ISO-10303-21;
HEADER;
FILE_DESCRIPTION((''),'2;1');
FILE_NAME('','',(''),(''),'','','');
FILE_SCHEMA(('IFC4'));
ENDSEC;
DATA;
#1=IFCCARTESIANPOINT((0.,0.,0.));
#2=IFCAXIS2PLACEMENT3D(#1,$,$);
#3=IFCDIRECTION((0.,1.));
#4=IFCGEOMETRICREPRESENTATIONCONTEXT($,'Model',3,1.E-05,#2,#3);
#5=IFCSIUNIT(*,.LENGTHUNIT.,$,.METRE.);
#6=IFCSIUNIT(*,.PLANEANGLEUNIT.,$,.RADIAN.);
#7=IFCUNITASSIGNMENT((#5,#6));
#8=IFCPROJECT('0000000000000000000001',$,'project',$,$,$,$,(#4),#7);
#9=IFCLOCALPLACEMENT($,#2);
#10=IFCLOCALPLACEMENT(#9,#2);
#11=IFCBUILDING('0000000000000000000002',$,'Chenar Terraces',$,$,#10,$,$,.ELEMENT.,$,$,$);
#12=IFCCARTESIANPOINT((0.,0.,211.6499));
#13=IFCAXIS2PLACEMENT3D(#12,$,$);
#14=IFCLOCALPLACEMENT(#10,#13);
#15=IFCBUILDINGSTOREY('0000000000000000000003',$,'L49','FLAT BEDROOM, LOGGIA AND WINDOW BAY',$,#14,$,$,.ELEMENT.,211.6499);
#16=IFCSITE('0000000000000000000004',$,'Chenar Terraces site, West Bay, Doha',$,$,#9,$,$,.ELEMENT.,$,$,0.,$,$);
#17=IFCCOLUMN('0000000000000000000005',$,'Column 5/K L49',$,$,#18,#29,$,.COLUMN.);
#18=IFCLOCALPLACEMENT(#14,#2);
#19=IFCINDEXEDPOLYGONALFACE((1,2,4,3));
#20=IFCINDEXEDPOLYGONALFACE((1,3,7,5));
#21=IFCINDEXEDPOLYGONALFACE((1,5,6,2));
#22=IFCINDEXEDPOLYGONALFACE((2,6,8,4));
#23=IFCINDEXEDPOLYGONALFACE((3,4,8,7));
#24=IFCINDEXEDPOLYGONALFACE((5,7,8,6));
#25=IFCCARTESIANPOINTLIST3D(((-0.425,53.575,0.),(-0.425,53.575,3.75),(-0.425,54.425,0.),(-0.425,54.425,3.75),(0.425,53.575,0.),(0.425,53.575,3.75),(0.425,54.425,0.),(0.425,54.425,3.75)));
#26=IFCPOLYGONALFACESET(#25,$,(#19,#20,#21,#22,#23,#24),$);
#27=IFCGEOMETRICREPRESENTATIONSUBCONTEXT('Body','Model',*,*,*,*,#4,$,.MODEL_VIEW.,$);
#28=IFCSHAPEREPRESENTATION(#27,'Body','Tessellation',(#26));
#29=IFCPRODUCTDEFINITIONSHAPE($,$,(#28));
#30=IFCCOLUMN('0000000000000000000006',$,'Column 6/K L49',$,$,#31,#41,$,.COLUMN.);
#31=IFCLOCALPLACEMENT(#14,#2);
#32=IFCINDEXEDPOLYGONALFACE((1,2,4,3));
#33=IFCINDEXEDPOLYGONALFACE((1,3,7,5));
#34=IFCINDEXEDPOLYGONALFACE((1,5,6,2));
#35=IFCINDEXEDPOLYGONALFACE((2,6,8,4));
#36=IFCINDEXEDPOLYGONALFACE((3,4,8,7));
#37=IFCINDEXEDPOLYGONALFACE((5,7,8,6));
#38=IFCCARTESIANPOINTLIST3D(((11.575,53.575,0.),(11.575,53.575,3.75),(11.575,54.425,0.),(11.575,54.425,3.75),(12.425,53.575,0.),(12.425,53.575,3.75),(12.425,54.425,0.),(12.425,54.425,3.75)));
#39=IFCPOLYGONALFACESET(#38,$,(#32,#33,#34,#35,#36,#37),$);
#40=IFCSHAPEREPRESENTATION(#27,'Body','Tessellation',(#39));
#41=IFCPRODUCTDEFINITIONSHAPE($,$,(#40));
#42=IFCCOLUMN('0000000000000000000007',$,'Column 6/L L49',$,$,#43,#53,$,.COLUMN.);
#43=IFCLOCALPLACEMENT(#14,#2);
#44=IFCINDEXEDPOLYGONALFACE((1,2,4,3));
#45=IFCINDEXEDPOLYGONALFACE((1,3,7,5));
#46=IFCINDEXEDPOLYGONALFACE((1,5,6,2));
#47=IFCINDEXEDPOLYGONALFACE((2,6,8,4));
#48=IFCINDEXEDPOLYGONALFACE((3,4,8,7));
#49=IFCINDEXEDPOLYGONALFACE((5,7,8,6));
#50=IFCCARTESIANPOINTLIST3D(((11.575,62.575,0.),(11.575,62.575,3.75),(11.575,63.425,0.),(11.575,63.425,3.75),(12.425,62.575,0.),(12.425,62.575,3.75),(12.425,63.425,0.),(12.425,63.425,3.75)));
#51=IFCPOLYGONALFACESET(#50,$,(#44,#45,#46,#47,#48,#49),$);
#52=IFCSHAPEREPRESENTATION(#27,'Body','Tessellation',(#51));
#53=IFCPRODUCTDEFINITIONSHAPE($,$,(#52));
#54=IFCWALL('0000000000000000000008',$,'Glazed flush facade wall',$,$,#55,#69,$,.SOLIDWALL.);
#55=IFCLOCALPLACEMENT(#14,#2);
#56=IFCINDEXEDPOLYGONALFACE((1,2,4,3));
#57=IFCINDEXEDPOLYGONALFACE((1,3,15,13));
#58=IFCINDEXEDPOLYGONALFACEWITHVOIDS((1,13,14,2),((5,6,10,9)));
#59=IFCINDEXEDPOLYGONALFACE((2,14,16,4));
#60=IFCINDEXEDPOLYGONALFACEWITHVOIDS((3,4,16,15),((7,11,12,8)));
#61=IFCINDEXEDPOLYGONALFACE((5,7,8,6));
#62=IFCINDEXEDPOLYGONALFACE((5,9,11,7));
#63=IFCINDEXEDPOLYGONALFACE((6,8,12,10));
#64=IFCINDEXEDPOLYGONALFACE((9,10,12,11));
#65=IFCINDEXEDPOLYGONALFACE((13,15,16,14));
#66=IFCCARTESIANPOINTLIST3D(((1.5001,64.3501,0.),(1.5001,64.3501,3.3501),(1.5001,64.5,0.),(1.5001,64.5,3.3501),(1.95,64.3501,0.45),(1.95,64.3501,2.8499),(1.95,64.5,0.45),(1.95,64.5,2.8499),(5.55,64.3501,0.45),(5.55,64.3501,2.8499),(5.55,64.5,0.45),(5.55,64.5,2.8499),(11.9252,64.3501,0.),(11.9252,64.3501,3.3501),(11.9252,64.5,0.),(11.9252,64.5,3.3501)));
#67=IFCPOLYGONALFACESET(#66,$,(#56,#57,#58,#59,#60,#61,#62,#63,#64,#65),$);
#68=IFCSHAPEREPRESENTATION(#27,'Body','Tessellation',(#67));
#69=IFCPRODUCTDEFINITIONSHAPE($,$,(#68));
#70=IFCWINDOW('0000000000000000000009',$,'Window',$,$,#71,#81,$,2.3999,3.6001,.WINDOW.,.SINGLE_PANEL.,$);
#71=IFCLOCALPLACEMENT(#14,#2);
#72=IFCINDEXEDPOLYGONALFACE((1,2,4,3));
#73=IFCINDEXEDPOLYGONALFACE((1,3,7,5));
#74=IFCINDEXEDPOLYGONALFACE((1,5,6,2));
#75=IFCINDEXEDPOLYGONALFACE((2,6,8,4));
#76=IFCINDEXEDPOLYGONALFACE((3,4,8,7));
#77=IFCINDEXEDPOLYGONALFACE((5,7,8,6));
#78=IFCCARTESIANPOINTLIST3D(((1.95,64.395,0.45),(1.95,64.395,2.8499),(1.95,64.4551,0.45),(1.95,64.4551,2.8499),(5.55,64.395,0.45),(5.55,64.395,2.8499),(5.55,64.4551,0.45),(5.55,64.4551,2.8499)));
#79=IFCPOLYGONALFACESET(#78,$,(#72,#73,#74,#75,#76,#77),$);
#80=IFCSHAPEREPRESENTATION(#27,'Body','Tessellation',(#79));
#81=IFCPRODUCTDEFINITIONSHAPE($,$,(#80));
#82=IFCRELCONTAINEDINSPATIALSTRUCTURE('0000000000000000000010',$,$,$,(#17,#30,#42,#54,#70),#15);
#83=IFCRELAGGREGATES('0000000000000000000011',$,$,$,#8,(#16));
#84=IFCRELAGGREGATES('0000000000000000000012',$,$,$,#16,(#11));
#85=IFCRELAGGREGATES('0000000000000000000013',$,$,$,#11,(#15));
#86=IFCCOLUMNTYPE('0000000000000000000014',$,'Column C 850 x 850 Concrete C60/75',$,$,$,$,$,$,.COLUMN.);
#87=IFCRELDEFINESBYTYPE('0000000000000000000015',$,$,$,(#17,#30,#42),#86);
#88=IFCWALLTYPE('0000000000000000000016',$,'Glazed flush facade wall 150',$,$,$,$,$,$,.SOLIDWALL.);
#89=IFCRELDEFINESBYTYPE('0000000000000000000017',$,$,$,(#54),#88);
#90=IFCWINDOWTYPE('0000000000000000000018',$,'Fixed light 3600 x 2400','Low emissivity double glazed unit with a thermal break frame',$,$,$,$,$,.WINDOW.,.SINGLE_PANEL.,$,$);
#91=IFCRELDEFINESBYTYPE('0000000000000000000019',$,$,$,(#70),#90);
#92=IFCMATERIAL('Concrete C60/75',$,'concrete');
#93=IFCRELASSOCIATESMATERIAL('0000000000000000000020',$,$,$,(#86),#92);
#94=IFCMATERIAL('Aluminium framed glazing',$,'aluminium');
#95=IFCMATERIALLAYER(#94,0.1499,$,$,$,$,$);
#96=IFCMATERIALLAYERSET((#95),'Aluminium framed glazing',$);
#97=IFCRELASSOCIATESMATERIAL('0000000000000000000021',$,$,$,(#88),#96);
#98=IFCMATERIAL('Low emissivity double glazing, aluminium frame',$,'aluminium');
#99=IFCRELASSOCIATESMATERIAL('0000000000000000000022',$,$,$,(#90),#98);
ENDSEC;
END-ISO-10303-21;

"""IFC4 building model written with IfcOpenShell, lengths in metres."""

from ifc_helpers import new_model, si_unit, direction, frame, frame_2d, origin, origin_2d, place, context, subcontext, project, spatial, rectangle, extrude, material, layer, layer_set, material_profile, profile_set, type_object, element, fill, save


model = new_model("IFC4")

# Units and contexts
model_context = context("Model", 3, precision=1e-05, world=origin(), true_north=direction((0.0, 1.0)))
body_context = subcontext(model_context, "Body", "Model", "MODEL_VIEW")
ifc_project = project(units=[si_unit("LENGTHUNIT", "METRE"), si_unit("PLANEANGLEUNIT", "RADIAN")], contexts=[model_context])

# Site, building, storey
site_placement = place(None, origin())
site = spatial("IfcSite", under=ifc_project, at=site_placement, Name="Chenar Terraces site, West Bay, Doha", CompositionType="ELEMENT", RefElevation=0.0)
building_placement = place(site_placement, origin())
building = spatial("IfcBuilding", under=site, at=building_placement, Name="Chenar Terraces", CompositionType="ELEMENT")
storey_placement = place(building_placement, frame((0.0, 0.0, 211.6499)))
storey = spatial("IfcBuildingStorey", under=building, at=storey_placement, Name="L49", Description="FLAT BEDROOM, LOGGIA AND WINDOW BAY", CompositionType="ELEMENT", Elevation=211.6499)

# Columns
ifc_material_1 = material(Name="Concrete C60/75", Category="concrete")
ifc_material_profile_1 = material_profile(ifc_material_1, rectangle(XDim=0.8501, YDim=0.8501, at=origin_2d()), Name="C 850 x 850")
ifc_profile_set_1 = profile_set([ifc_material_profile_1], Name="Concrete C60/75")
column_type = type_object("IfcColumnType", Name="Column C 850 x 850 Concrete C60/75", PredefinedType="COLUMN", material=ifc_profile_set_1)
for number, where, z_axis, x_axis, name in (
    (1, (0.0, 54.0, 0.0), (0.0, 0.0, 1.0), (1.0, 0.0, 0.0), "Column 5/K L49"),
    (2, (12.0, 54.0, 0.0), (0.0, 0.0, 1.0), (1.0, 0.0, 0.0), "Column 6/K L49"),
    (3, (12.0, 63.0, 0.0), (0.0, 0.0, 1.0), (1.0, 0.0, 0.0), "Column 6/L L49"),
):
    element("IfcColumn", number, at=place(storey_placement, frame(where, z_axis=z_axis, x_axis=x_axis)), inside=storey, type_object=column_type, Name=name, PredefinedType="COLUMN", context=body_context, shape_type="SweptSolid", body=[
        extrude(rectangle(XDim=0.8501, YDim=0.8501, at=origin_2d()), origin(), (0.0, 0.0, 1.0), 3.75),
    ])

# Wall, opening, window
ifc_material_2 = material(Name="Aluminium framed glazing", Category="aluminium")
ifc_layer_1 = layer(ifc_material_2, 0.1499)
ifc_layer_set_1 = layer_set([ifc_layer_1], Name="Aluminium framed glazing")
wall_type_1 = type_object("IfcWallType", Name="Glazed flush facade wall 150", PredefinedType="SOLIDWALL", material=ifc_layer_set_1)
wall_1_placement = place(storey_placement, frame((11.925, 64.425, 0.0), z_axis=(0.0, 0.0, 1.0), x_axis=(-1.0, 0.0, 0.0)))
wall_1 = element("IfcWall", 4, at=wall_1_placement, inside=storey, type_object=wall_type_1, Name="Glazed flush facade wall", PredefinedType="SOLIDWALL", context=body_context, shape_type="SweptSolid", body=[
    extrude(rectangle(XDim=10.425, YDim=0.1499, at=frame_2d((5.2124, 0.0))), origin(), (0.0, 0.0, 1.0), 3.3501),
])
opening_1_placement = place(wall_1_placement, frame((6.375, 0.0, 0.45)))
opening_1 = element("IfcOpeningElement", 5, at=opening_1_placement, cuts=wall_1, PredefinedType="OPENING", context=body_context, shape_type="SweptSolid", body=[
    extrude(rectangle(XDim=3.6001, YDim=2.3999, at=frame_2d((1.8, 1.2))), frame((0.0, 0.085, 0.0), z_axis=(0.0, -1.0, 0.0), x_axis=(1.0, 0.0, 0.0)), (0.0, 0.0, 1.0), 0.1699),
])
ifc_material_3 = material(Name="Low emissivity double glazing, aluminium frame", Category="aluminium")
window_type_1 = type_object("IfcWindowType", Name="Fixed light 3600 x 2400", Description="Low emissivity double glazed unit with a thermal break frame", PartitioningType="SINGLE_PANEL", PredefinedType="WINDOW", material=ifc_material_3)
window_1_placement = place(opening_1_placement, origin())
window_1 = element("IfcWindow", 6, at=window_1_placement, inside=storey, type_object=window_type_1, Name="Window", OverallHeight=2.3999, OverallWidth=3.6001, PartitioningType="SINGLE_PANEL", PredefinedType="WINDOW", context=body_context, shape_type="SweptSolid", body=[
    extrude(rectangle(XDim=3.6001, YDim=2.3999, at=frame_2d((1.8, 1.2))), frame((0.0, 0.03, 0.0), z_axis=(0.0, -1.0, 0.0), x_axis=(1.0, 0.0, 0.0)), (0.0, 0.0, 1.0), 0.0601),
])
fill(opening_1, window_1)

save(model, "model.ifc")
